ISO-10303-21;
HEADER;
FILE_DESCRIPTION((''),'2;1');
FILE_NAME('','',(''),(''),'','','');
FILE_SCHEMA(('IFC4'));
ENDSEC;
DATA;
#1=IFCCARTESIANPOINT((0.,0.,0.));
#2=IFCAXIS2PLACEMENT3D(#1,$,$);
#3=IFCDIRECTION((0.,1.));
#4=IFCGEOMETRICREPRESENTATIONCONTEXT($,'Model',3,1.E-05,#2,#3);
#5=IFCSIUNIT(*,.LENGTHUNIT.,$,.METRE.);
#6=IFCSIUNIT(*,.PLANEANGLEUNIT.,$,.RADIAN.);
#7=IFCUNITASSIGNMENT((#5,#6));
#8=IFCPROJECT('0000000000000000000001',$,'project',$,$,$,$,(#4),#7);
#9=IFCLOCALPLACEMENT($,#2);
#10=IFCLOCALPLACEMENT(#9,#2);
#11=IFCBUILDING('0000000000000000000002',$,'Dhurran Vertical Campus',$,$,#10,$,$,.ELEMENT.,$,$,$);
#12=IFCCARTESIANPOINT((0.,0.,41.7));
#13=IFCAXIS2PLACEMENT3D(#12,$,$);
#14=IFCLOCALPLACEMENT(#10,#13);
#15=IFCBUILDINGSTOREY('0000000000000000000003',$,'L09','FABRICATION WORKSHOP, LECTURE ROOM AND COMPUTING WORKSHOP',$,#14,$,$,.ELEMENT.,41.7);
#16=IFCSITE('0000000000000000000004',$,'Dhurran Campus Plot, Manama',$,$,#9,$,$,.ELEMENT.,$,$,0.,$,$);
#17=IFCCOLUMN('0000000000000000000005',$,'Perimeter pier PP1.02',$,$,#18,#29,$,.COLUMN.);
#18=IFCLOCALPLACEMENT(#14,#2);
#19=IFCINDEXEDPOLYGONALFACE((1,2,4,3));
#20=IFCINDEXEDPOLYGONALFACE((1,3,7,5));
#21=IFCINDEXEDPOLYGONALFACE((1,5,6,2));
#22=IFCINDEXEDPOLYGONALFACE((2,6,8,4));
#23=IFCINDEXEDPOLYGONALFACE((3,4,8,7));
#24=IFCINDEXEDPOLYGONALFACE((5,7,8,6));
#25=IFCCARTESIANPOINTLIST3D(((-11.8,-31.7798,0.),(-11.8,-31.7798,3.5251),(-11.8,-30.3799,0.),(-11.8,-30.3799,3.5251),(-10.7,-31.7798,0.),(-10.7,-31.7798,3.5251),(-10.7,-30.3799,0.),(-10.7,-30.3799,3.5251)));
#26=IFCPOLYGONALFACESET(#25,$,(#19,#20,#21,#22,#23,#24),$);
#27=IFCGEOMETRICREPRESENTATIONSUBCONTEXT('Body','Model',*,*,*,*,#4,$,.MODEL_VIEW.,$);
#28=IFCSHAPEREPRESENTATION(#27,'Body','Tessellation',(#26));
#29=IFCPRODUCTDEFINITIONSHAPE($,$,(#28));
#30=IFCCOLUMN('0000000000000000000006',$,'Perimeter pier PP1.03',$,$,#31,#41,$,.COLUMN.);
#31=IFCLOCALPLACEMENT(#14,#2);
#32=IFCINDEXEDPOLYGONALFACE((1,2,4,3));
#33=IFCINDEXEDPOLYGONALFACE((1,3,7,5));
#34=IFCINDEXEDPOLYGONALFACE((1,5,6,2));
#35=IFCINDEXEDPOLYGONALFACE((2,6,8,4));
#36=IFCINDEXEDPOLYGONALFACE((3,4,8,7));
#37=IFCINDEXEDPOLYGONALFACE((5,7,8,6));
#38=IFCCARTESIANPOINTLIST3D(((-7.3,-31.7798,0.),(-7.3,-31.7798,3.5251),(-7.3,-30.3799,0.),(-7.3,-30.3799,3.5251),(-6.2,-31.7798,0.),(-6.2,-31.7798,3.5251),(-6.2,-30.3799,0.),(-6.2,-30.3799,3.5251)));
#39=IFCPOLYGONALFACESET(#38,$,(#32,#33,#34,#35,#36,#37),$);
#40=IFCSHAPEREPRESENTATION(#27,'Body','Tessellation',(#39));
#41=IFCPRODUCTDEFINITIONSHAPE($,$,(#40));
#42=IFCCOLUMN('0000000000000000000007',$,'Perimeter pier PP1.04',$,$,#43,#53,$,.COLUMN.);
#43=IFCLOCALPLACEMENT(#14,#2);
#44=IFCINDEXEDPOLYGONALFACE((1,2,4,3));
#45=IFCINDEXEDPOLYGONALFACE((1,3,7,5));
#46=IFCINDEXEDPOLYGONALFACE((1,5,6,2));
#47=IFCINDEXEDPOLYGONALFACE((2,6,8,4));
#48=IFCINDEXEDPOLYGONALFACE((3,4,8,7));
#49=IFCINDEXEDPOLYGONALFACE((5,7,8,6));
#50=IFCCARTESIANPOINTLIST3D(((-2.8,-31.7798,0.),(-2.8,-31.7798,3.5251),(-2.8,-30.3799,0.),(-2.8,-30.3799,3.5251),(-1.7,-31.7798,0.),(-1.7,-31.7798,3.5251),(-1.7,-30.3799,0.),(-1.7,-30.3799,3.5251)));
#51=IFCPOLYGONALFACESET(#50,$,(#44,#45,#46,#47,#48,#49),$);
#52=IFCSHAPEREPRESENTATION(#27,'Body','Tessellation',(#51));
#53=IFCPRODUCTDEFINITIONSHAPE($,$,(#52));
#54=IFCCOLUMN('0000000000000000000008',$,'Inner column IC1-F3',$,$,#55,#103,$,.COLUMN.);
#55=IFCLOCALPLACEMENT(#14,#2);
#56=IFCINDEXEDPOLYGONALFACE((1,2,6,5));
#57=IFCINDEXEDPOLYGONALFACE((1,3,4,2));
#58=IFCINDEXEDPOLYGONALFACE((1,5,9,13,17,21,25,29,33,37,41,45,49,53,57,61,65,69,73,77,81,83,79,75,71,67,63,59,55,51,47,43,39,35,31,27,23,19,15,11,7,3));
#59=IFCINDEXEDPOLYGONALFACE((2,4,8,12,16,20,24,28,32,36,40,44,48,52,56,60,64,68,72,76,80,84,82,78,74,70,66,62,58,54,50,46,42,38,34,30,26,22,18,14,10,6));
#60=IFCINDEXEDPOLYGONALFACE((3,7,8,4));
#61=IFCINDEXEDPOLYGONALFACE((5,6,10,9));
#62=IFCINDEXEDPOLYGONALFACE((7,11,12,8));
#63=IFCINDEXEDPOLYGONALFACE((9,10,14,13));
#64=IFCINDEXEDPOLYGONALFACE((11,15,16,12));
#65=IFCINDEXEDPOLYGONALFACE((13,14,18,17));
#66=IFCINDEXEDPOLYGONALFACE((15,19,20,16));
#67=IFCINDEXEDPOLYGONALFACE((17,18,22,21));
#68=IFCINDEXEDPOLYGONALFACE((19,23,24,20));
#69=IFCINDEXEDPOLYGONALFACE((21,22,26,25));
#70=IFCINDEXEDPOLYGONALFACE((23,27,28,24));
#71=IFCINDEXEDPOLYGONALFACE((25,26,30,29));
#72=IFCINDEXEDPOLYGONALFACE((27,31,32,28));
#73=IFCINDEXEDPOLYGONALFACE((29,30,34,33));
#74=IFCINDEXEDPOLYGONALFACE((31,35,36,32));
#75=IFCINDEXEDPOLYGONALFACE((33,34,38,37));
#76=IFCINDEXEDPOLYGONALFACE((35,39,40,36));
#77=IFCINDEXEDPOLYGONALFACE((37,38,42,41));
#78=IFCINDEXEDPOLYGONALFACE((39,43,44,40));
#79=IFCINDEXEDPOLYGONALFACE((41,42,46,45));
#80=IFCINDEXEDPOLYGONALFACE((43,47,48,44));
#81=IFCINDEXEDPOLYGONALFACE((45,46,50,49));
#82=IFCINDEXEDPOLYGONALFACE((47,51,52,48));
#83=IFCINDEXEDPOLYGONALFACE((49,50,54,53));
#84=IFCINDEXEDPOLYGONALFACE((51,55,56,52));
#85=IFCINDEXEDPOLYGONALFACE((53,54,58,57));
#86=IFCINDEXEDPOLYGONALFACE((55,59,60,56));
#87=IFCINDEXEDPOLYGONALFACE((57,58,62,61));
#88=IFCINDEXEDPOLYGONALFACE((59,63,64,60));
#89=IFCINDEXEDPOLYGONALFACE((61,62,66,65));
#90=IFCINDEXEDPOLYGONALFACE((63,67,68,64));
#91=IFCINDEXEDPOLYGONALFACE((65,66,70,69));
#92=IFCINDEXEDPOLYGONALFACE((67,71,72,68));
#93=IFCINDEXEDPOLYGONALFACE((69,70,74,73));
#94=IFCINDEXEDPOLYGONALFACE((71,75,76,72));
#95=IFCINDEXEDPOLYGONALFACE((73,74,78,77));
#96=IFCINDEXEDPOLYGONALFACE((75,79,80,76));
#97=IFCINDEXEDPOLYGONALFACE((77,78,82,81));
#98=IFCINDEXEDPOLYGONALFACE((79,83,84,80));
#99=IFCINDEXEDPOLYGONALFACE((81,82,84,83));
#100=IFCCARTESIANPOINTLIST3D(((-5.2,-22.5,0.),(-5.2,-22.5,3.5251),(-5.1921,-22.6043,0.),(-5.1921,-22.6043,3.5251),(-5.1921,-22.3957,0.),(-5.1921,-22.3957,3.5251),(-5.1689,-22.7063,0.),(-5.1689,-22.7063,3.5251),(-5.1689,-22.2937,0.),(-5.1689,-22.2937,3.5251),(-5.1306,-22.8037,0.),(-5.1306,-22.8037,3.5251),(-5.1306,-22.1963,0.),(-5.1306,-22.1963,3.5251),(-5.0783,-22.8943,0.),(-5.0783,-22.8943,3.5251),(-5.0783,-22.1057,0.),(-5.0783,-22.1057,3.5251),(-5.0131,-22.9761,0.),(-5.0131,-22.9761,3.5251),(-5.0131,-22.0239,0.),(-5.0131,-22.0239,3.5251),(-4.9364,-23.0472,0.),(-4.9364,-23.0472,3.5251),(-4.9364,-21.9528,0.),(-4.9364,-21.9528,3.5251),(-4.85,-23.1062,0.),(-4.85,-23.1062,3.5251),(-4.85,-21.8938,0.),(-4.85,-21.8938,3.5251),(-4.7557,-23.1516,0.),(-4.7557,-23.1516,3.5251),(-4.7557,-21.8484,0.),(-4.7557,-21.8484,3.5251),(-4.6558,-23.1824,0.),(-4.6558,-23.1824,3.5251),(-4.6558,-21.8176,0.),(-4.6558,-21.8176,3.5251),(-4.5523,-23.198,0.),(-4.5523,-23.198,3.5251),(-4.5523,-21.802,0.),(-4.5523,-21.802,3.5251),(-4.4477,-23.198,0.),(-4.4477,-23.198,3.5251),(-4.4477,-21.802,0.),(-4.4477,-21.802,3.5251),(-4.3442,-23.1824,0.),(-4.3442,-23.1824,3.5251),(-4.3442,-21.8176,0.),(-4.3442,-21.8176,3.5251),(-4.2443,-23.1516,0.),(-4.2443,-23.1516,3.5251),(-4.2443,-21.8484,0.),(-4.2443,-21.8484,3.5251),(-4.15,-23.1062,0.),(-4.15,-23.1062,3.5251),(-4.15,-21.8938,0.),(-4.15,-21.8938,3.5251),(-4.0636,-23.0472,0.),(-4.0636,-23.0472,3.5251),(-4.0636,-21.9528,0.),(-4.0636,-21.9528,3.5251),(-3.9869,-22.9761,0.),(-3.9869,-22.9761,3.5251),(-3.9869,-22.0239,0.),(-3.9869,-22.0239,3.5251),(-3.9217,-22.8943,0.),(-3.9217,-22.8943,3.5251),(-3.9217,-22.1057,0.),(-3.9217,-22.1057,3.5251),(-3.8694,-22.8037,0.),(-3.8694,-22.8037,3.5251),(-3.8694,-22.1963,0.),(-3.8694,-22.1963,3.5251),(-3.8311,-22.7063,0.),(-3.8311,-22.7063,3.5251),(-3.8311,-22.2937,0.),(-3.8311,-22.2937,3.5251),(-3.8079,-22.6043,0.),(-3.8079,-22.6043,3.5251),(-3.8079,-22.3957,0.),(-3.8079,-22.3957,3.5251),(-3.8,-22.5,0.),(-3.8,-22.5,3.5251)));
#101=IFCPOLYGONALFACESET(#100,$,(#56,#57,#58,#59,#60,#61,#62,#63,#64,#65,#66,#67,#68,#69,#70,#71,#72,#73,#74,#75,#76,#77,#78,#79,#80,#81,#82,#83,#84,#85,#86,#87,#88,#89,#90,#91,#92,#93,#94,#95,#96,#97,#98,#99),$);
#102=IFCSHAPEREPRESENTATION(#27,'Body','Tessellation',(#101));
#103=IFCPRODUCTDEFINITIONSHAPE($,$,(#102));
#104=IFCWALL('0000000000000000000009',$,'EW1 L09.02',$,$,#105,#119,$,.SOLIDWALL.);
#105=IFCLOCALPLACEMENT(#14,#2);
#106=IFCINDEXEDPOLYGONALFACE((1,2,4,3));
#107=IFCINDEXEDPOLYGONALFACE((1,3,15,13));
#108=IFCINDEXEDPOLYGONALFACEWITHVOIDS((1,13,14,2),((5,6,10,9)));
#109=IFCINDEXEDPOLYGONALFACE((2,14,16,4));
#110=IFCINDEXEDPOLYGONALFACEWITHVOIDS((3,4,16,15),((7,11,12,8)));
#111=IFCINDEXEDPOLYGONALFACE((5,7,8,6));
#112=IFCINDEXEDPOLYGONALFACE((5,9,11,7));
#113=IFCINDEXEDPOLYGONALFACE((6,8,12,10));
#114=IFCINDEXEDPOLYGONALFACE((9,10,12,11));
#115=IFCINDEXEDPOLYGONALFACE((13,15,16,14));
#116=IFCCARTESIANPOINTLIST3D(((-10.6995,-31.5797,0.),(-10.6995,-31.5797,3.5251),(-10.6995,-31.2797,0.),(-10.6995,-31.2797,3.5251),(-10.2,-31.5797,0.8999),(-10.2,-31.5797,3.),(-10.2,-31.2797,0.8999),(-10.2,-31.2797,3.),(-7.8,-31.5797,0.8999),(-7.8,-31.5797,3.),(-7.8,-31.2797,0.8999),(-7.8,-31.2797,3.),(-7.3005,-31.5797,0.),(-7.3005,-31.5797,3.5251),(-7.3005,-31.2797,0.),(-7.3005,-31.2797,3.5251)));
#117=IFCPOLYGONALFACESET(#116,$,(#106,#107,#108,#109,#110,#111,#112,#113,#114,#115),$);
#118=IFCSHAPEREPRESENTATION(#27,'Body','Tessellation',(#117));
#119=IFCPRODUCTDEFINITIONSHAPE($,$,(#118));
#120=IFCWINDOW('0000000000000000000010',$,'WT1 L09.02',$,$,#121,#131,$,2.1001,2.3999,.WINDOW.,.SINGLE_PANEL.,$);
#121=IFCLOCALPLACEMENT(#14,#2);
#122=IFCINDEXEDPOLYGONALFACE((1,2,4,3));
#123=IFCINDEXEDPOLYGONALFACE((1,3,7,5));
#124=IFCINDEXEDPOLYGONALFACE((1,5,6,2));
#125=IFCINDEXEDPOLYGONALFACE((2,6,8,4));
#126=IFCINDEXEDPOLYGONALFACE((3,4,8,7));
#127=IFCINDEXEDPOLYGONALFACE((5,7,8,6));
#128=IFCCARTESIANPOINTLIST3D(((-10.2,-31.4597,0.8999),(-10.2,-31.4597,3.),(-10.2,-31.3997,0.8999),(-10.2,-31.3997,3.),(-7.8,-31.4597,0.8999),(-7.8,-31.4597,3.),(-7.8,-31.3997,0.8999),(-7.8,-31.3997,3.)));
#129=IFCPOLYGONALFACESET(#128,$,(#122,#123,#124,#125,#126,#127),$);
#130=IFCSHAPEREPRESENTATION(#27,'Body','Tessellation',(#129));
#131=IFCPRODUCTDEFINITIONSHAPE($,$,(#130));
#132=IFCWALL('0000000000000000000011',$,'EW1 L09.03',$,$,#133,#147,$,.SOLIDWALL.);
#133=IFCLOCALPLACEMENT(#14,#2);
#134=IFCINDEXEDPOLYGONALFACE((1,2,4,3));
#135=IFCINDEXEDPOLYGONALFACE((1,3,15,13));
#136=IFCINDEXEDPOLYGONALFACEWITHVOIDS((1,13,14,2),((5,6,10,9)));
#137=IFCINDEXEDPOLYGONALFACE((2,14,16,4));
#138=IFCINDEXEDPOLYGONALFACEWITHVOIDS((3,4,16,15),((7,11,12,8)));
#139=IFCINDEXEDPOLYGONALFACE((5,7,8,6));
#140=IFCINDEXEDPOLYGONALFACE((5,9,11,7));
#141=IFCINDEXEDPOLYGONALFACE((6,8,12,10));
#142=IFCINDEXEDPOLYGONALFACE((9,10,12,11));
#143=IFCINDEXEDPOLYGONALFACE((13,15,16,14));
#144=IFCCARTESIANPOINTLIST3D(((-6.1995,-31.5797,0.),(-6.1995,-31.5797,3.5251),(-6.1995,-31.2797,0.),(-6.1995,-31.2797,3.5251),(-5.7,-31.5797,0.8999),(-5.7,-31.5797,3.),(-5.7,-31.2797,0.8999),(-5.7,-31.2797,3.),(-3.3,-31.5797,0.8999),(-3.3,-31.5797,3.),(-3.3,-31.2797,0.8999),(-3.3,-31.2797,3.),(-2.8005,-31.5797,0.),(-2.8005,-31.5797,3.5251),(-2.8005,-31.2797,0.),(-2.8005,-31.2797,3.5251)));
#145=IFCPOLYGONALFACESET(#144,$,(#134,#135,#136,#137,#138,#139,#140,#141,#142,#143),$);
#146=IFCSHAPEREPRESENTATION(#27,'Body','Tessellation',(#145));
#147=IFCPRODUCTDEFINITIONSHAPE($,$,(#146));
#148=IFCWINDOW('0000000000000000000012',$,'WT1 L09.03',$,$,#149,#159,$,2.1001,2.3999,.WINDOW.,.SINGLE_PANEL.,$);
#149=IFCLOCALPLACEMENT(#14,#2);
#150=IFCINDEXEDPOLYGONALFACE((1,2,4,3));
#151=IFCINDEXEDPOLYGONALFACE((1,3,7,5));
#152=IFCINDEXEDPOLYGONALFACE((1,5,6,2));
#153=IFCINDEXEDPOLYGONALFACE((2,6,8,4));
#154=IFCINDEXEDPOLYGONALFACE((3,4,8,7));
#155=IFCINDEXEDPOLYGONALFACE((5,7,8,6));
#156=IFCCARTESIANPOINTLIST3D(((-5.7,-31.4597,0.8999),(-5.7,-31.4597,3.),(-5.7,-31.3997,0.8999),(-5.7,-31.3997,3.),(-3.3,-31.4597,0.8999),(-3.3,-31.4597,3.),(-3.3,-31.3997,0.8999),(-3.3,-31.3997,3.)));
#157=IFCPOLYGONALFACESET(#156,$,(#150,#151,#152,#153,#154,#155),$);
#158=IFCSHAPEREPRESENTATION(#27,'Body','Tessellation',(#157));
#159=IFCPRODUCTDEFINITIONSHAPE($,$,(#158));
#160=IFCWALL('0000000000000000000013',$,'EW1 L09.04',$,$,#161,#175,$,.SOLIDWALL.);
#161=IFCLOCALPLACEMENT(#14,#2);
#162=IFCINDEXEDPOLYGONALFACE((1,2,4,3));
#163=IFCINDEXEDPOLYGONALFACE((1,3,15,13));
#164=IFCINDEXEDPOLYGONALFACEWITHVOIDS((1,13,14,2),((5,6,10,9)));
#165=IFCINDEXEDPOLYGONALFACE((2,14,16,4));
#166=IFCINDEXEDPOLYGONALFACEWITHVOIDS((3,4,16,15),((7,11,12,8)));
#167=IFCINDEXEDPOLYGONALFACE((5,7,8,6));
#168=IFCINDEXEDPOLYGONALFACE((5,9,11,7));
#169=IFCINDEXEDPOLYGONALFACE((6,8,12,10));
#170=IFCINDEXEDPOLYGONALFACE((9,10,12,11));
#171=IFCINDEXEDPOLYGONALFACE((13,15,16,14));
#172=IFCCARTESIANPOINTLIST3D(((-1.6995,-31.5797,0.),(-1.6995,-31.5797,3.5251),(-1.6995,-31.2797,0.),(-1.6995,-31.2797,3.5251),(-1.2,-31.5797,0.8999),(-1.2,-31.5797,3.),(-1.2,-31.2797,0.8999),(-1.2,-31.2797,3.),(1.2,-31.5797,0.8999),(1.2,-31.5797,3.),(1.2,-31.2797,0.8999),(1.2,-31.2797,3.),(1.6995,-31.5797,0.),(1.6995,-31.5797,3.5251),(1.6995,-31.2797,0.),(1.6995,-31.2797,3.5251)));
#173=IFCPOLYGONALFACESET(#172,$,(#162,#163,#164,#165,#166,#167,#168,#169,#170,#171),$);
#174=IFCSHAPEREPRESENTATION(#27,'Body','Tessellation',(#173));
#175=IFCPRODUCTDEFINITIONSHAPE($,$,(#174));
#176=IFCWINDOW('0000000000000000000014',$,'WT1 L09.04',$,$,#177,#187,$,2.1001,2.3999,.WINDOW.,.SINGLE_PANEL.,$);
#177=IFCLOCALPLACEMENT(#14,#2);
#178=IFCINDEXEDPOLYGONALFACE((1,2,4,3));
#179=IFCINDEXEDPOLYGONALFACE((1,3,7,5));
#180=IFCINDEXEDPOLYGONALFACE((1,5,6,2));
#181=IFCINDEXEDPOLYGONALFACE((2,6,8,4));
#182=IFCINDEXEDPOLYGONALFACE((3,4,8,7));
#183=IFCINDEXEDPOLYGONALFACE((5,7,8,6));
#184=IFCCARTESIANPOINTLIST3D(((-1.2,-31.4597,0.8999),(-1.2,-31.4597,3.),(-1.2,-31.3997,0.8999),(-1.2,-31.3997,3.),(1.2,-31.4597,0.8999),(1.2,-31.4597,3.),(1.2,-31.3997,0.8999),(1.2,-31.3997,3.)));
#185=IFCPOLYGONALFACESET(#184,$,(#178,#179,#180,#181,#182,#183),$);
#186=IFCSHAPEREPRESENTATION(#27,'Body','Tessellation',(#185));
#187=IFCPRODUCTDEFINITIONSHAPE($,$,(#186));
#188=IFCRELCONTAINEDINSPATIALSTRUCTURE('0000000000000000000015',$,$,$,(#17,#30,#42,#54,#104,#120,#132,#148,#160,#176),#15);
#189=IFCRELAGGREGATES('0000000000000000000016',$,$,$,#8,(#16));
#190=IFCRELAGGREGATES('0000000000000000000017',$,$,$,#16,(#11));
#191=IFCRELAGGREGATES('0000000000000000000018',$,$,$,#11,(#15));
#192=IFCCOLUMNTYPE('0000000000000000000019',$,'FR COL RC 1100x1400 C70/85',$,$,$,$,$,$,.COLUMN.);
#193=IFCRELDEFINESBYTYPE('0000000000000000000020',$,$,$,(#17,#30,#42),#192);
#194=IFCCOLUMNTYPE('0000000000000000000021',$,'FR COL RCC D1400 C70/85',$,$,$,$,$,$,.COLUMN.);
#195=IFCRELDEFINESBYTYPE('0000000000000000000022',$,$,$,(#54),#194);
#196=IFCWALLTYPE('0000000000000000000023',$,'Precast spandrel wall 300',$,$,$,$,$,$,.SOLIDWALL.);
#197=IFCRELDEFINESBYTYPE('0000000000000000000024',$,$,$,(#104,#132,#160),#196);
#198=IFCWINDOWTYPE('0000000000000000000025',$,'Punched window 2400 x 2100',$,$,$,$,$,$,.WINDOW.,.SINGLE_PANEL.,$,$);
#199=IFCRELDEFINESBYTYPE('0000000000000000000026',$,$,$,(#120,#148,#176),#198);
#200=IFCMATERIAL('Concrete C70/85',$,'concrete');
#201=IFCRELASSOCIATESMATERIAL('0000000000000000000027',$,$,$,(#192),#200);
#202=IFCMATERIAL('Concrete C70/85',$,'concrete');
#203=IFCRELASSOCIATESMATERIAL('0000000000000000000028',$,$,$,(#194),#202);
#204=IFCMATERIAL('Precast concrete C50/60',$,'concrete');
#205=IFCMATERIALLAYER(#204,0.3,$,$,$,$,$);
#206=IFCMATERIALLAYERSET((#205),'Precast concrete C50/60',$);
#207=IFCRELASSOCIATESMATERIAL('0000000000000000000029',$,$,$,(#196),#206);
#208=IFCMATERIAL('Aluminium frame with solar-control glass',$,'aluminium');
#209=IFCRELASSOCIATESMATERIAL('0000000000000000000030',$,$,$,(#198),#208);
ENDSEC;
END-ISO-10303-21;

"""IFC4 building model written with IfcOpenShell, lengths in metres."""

from ifc_helpers import new_model, si_unit, direction, frame, frame_2d, origin, origin_2d, place, context, subcontext, project, spatial, rectangle, circle, extrude, material, layer, layer_set, material_profile, profile_set, type_object, element, fill, save


model = new_model("IFC4")

# Units and contexts
model_context = context("Model", 3, precision=1e-05, world=origin(), true_north=direction((0.0, 1.0)))
body_context = subcontext(model_context, "Body", "Model", "MODEL_VIEW")
ifc_project = project(units=[si_unit("LENGTHUNIT", "METRE"), si_unit("PLANEANGLEUNIT", "RADIAN")], contexts=[model_context])

# Site, building, storey
site_placement = place(None, origin())
site = spatial("IfcSite", under=ifc_project, at=site_placement, Name="Dhurran Campus Plot, Manama", CompositionType="ELEMENT", RefElevation=0.0)
building_placement = place(site_placement, origin())
building = spatial("IfcBuilding", under=site, at=building_placement, Name="Dhurran Vertical Campus", CompositionType="ELEMENT")
storey_placement = place(building_placement, frame((0.0, 0.0, 41.7)))
storey = spatial("IfcBuildingStorey", under=building, at=storey_placement, Name="L09", Description="FABRICATION WORKSHOP, LECTURE ROOM AND COMPUTING WORKSHOP", CompositionType="ELEMENT", Elevation=41.7)

# Columns
ifc_material_1 = material(Name="Concrete C70/85", Category="concrete")
ifc_material_profile_1 = material_profile(ifc_material_1, rectangle(XDim=1.1001, YDim=1.3999, at=origin_2d()), Name="RC 1100x1400")
ifc_profile_set_1 = profile_set([ifc_material_profile_1], Name="Concrete C70/85")
column_type_1 = type_object("IfcColumnType", Name="FR COL RC 1100x1400 C70/85", PredefinedType="COLUMN", material=ifc_profile_set_1)
for number, where, z_axis, x_axis, name in (
    (1, (-11.25, -31.0798, 0.0), (0.0, 0.0, 1.0), (1.0, 0.0, 0.0), "Perimeter pier PP1.02"),
    (2, (-6.75, -31.0798, 0.0), (0.0, 0.0, 1.0), (1.0, 0.0, 0.0), "Perimeter pier PP1.03"),
    (3, (-2.25, -31.0798, 0.0), (0.0, 0.0, 1.0), (1.0, 0.0, 0.0), "Perimeter pier PP1.04"),
):
    element("IfcColumn", number, at=place(storey_placement, frame(where, z_axis=z_axis, x_axis=x_axis)), inside=storey, type_object=column_type_1, Name=name, PredefinedType="COLUMN", context=body_context, shape_type="SweptSolid", body=[
        extrude(rectangle(XDim=1.1001, YDim=1.3999, at=origin_2d()), origin(), (0.0, 0.0, 1.0), 3.5251),
    ])
ifc_material_2 = material(Name="Concrete C70/85", Category="concrete")
ifc_material_profile_2 = material_profile(ifc_material_2, circle(Radius=0.7, at=origin_2d()), Name="RCC D1400")
ifc_profile_set_2 = profile_set([ifc_material_profile_2], Name="Concrete C70/85")
column_type_2 = type_object("IfcColumnType", Name="FR COL RCC D1400 C70/85", PredefinedType="COLUMN", material=ifc_profile_set_2)
column_placement = place(storey_placement, frame((-4.5, -22.5, 0.0), z_axis=(0.0, 0.0, 1.0), x_axis=(1.0, 0.0, 0.0)))
element("IfcColumn", 4, at=column_placement, inside=storey, type_object=column_type_2, Name="Inner column IC1-F3", PredefinedType="COLUMN", context=body_context, shape_type="SweptSolid", body=[
    extrude(circle(Radius=0.7, at=origin_2d()), origin(), (0.0, 0.0, 1.0), 3.5251),
])

# Walls, openings, windows
ifc_material_3 = material(Name="Precast concrete C50/60", Category="concrete")
ifc_layer_1 = layer(ifc_material_3, 0.3)
ifc_layer_set_1 = layer_set([ifc_layer_1], Name="Precast concrete C50/60")
wall_type_1 = type_object("IfcWallType", Name="Precast spandrel wall 300", PredefinedType="SOLIDWALL", material=ifc_layer_set_1)
wall_1_placement = place(storey_placement, frame((-10.6995, -31.4297, 0.0), z_axis=(0.0, 0.0, 1.0), x_axis=(1.0, 0.0, 0.0)))
wall_1 = element("IfcWall", 5, at=wall_1_placement, inside=storey, type_object=wall_type_1, Name="EW1 L09.02", PredefinedType="SOLIDWALL", context=body_context, shape_type="SweptSolid", body=[
    extrude(rectangle(XDim=3.3989, YDim=0.3, at=frame_2d((1.6995, 0.0))), origin(), (0.0, 0.0, 1.0), 3.5251),
])
opening_1_placement = place(wall_1_placement, frame((0.4995, 0.0, 0.8999)))
opening_1 = element("IfcOpeningElement", 6, at=opening_1_placement, cuts=wall_1, PredefinedType="OPENING", context=body_context, shape_type="SweptSolid", body=[
    extrude(rectangle(XDim=2.3999, YDim=2.1001, at=frame_2d((1.2, 1.05))), frame((0.0, 0.1599, 0.0), z_axis=(0.0, -1.0, 0.0), x_axis=(1.0, 0.0, 0.0)), (0.0, 0.0, 1.0), 0.3201),
])
ifc_material_4 = material(Name="Aluminium frame with solar-control glass", Category="aluminium")
window_type = type_object("IfcWindowType", Name="Punched window 2400 x 2100", PartitioningType="SINGLE_PANEL", PredefinedType="WINDOW", material=ifc_material_4)
window_1_placement = place(opening_1_placement, origin())
window_1 = element("IfcWindow", 7, at=window_1_placement, inside=storey, type_object=window_type, Name="WT1 L09.02", OverallHeight=2.1001, OverallWidth=2.3999, PartitioningType="SINGLE_PANEL", PredefinedType="WINDOW", context=body_context, shape_type="SweptSolid", body=[
    extrude(rectangle(XDim=2.3999, YDim=2.1001, at=frame_2d((1.2, 1.05))), frame((0.0, 0.03, 0.0), z_axis=(0.0, -1.0, 0.0), x_axis=(1.0, 0.0, 0.0)), (0.0, 0.0, 1.0), 0.0601),
])
fill(opening_1, window_1)
wall_2_placement = place(storey_placement, frame((-6.1995, -31.4297, 0.0), z_axis=(0.0, 0.0, 1.0), x_axis=(1.0, 0.0, 0.0)))
wall_2 = element("IfcWall", 8, at=wall_2_placement, inside=storey, type_object=wall_type_1, Name="EW1 L09.03", PredefinedType="SOLIDWALL", context=body_context, shape_type="SweptSolid", body=[
    extrude(rectangle(XDim=3.3989, YDim=0.3, at=frame_2d((1.6995, 0.0))), origin(), (0.0, 0.0, 1.0), 3.5251),
])
opening_2_placement = place(wall_2_placement, frame((0.4995, 0.0, 0.8999)))
opening_2 = element("IfcOpeningElement", 9, at=opening_2_placement, cuts=wall_2, PredefinedType="OPENING", context=body_context, shape_type="SweptSolid", body=[
    extrude(rectangle(XDim=2.3999, YDim=2.1001, at=frame_2d((1.2, 1.05))), frame((0.0, 0.1599, 0.0), z_axis=(0.0, -1.0, 0.0), x_axis=(1.0, 0.0, 0.0)), (0.0, 0.0, 1.0), 0.3201),
])
window_2_placement = place(opening_2_placement, origin())
window_2 = element("IfcWindow", 10, at=window_2_placement, inside=storey, type_object=window_type, Name="WT1 L09.03", OverallHeight=2.1001, OverallWidth=2.3999, PartitioningType="SINGLE_PANEL", PredefinedType="WINDOW", context=body_context, shape_type="SweptSolid", body=[
    extrude(rectangle(XDim=2.3999, YDim=2.1001, at=frame_2d((1.2, 1.05))), frame((0.0, 0.03, 0.0), z_axis=(0.0, -1.0, 0.0), x_axis=(1.0, 0.0, 0.0)), (0.0, 0.0, 1.0), 0.0601),
])
fill(opening_2, window_2)
wall_3_placement = place(storey_placement, frame((-1.6995, -31.4297, 0.0), z_axis=(0.0, 0.0, 1.0), x_axis=(1.0, 0.0, 0.0)))
wall_3 = element("IfcWall", 11, at=wall_3_placement, inside=storey, type_object=wall_type_1, Name="EW1 L09.04", PredefinedType="SOLIDWALL", context=body_context, shape_type="SweptSolid", body=[
    extrude(rectangle(XDim=3.3989, YDim=0.3, at=frame_2d((1.6995, 0.0))), origin(), (0.0, 0.0, 1.0), 3.5251),
])
opening_3_placement = place(wall_3_placement, frame((0.4995, 0.0, 0.8999)))
opening_3 = element("IfcOpeningElement", 12, at=opening_3_placement, cuts=wall_3, PredefinedType="OPENING", context=body_context, shape_type="SweptSolid", body=[
    extrude(rectangle(XDim=2.3999, YDim=2.1001, at=frame_2d((1.2, 1.05))), frame((0.0, 0.1599, 0.0), z_axis=(0.0, -1.0, 0.0), x_axis=(1.0, 0.0, 0.0)), (0.0, 0.0, 1.0), 0.3201),
])
window_3_placement = place(opening_3_placement, origin())
window_3 = element("IfcWindow", 13, at=window_3_placement, inside=storey, type_object=window_type, Name="WT1 L09.04", OverallHeight=2.1001, OverallWidth=2.3999, PartitioningType="SINGLE_PANEL", PredefinedType="WINDOW", context=body_context, shape_type="SweptSolid", body=[
    extrude(rectangle(XDim=2.3999, YDim=2.1001, at=frame_2d((1.2, 1.05))), frame((0.0, 0.03, 0.0), z_axis=(0.0, -1.0, 0.0), x_axis=(1.0, 0.0, 0.0)), (0.0, 0.0, 1.0), 0.0601),
])
fill(opening_3, window_3)

save(model, "model.ifc")
